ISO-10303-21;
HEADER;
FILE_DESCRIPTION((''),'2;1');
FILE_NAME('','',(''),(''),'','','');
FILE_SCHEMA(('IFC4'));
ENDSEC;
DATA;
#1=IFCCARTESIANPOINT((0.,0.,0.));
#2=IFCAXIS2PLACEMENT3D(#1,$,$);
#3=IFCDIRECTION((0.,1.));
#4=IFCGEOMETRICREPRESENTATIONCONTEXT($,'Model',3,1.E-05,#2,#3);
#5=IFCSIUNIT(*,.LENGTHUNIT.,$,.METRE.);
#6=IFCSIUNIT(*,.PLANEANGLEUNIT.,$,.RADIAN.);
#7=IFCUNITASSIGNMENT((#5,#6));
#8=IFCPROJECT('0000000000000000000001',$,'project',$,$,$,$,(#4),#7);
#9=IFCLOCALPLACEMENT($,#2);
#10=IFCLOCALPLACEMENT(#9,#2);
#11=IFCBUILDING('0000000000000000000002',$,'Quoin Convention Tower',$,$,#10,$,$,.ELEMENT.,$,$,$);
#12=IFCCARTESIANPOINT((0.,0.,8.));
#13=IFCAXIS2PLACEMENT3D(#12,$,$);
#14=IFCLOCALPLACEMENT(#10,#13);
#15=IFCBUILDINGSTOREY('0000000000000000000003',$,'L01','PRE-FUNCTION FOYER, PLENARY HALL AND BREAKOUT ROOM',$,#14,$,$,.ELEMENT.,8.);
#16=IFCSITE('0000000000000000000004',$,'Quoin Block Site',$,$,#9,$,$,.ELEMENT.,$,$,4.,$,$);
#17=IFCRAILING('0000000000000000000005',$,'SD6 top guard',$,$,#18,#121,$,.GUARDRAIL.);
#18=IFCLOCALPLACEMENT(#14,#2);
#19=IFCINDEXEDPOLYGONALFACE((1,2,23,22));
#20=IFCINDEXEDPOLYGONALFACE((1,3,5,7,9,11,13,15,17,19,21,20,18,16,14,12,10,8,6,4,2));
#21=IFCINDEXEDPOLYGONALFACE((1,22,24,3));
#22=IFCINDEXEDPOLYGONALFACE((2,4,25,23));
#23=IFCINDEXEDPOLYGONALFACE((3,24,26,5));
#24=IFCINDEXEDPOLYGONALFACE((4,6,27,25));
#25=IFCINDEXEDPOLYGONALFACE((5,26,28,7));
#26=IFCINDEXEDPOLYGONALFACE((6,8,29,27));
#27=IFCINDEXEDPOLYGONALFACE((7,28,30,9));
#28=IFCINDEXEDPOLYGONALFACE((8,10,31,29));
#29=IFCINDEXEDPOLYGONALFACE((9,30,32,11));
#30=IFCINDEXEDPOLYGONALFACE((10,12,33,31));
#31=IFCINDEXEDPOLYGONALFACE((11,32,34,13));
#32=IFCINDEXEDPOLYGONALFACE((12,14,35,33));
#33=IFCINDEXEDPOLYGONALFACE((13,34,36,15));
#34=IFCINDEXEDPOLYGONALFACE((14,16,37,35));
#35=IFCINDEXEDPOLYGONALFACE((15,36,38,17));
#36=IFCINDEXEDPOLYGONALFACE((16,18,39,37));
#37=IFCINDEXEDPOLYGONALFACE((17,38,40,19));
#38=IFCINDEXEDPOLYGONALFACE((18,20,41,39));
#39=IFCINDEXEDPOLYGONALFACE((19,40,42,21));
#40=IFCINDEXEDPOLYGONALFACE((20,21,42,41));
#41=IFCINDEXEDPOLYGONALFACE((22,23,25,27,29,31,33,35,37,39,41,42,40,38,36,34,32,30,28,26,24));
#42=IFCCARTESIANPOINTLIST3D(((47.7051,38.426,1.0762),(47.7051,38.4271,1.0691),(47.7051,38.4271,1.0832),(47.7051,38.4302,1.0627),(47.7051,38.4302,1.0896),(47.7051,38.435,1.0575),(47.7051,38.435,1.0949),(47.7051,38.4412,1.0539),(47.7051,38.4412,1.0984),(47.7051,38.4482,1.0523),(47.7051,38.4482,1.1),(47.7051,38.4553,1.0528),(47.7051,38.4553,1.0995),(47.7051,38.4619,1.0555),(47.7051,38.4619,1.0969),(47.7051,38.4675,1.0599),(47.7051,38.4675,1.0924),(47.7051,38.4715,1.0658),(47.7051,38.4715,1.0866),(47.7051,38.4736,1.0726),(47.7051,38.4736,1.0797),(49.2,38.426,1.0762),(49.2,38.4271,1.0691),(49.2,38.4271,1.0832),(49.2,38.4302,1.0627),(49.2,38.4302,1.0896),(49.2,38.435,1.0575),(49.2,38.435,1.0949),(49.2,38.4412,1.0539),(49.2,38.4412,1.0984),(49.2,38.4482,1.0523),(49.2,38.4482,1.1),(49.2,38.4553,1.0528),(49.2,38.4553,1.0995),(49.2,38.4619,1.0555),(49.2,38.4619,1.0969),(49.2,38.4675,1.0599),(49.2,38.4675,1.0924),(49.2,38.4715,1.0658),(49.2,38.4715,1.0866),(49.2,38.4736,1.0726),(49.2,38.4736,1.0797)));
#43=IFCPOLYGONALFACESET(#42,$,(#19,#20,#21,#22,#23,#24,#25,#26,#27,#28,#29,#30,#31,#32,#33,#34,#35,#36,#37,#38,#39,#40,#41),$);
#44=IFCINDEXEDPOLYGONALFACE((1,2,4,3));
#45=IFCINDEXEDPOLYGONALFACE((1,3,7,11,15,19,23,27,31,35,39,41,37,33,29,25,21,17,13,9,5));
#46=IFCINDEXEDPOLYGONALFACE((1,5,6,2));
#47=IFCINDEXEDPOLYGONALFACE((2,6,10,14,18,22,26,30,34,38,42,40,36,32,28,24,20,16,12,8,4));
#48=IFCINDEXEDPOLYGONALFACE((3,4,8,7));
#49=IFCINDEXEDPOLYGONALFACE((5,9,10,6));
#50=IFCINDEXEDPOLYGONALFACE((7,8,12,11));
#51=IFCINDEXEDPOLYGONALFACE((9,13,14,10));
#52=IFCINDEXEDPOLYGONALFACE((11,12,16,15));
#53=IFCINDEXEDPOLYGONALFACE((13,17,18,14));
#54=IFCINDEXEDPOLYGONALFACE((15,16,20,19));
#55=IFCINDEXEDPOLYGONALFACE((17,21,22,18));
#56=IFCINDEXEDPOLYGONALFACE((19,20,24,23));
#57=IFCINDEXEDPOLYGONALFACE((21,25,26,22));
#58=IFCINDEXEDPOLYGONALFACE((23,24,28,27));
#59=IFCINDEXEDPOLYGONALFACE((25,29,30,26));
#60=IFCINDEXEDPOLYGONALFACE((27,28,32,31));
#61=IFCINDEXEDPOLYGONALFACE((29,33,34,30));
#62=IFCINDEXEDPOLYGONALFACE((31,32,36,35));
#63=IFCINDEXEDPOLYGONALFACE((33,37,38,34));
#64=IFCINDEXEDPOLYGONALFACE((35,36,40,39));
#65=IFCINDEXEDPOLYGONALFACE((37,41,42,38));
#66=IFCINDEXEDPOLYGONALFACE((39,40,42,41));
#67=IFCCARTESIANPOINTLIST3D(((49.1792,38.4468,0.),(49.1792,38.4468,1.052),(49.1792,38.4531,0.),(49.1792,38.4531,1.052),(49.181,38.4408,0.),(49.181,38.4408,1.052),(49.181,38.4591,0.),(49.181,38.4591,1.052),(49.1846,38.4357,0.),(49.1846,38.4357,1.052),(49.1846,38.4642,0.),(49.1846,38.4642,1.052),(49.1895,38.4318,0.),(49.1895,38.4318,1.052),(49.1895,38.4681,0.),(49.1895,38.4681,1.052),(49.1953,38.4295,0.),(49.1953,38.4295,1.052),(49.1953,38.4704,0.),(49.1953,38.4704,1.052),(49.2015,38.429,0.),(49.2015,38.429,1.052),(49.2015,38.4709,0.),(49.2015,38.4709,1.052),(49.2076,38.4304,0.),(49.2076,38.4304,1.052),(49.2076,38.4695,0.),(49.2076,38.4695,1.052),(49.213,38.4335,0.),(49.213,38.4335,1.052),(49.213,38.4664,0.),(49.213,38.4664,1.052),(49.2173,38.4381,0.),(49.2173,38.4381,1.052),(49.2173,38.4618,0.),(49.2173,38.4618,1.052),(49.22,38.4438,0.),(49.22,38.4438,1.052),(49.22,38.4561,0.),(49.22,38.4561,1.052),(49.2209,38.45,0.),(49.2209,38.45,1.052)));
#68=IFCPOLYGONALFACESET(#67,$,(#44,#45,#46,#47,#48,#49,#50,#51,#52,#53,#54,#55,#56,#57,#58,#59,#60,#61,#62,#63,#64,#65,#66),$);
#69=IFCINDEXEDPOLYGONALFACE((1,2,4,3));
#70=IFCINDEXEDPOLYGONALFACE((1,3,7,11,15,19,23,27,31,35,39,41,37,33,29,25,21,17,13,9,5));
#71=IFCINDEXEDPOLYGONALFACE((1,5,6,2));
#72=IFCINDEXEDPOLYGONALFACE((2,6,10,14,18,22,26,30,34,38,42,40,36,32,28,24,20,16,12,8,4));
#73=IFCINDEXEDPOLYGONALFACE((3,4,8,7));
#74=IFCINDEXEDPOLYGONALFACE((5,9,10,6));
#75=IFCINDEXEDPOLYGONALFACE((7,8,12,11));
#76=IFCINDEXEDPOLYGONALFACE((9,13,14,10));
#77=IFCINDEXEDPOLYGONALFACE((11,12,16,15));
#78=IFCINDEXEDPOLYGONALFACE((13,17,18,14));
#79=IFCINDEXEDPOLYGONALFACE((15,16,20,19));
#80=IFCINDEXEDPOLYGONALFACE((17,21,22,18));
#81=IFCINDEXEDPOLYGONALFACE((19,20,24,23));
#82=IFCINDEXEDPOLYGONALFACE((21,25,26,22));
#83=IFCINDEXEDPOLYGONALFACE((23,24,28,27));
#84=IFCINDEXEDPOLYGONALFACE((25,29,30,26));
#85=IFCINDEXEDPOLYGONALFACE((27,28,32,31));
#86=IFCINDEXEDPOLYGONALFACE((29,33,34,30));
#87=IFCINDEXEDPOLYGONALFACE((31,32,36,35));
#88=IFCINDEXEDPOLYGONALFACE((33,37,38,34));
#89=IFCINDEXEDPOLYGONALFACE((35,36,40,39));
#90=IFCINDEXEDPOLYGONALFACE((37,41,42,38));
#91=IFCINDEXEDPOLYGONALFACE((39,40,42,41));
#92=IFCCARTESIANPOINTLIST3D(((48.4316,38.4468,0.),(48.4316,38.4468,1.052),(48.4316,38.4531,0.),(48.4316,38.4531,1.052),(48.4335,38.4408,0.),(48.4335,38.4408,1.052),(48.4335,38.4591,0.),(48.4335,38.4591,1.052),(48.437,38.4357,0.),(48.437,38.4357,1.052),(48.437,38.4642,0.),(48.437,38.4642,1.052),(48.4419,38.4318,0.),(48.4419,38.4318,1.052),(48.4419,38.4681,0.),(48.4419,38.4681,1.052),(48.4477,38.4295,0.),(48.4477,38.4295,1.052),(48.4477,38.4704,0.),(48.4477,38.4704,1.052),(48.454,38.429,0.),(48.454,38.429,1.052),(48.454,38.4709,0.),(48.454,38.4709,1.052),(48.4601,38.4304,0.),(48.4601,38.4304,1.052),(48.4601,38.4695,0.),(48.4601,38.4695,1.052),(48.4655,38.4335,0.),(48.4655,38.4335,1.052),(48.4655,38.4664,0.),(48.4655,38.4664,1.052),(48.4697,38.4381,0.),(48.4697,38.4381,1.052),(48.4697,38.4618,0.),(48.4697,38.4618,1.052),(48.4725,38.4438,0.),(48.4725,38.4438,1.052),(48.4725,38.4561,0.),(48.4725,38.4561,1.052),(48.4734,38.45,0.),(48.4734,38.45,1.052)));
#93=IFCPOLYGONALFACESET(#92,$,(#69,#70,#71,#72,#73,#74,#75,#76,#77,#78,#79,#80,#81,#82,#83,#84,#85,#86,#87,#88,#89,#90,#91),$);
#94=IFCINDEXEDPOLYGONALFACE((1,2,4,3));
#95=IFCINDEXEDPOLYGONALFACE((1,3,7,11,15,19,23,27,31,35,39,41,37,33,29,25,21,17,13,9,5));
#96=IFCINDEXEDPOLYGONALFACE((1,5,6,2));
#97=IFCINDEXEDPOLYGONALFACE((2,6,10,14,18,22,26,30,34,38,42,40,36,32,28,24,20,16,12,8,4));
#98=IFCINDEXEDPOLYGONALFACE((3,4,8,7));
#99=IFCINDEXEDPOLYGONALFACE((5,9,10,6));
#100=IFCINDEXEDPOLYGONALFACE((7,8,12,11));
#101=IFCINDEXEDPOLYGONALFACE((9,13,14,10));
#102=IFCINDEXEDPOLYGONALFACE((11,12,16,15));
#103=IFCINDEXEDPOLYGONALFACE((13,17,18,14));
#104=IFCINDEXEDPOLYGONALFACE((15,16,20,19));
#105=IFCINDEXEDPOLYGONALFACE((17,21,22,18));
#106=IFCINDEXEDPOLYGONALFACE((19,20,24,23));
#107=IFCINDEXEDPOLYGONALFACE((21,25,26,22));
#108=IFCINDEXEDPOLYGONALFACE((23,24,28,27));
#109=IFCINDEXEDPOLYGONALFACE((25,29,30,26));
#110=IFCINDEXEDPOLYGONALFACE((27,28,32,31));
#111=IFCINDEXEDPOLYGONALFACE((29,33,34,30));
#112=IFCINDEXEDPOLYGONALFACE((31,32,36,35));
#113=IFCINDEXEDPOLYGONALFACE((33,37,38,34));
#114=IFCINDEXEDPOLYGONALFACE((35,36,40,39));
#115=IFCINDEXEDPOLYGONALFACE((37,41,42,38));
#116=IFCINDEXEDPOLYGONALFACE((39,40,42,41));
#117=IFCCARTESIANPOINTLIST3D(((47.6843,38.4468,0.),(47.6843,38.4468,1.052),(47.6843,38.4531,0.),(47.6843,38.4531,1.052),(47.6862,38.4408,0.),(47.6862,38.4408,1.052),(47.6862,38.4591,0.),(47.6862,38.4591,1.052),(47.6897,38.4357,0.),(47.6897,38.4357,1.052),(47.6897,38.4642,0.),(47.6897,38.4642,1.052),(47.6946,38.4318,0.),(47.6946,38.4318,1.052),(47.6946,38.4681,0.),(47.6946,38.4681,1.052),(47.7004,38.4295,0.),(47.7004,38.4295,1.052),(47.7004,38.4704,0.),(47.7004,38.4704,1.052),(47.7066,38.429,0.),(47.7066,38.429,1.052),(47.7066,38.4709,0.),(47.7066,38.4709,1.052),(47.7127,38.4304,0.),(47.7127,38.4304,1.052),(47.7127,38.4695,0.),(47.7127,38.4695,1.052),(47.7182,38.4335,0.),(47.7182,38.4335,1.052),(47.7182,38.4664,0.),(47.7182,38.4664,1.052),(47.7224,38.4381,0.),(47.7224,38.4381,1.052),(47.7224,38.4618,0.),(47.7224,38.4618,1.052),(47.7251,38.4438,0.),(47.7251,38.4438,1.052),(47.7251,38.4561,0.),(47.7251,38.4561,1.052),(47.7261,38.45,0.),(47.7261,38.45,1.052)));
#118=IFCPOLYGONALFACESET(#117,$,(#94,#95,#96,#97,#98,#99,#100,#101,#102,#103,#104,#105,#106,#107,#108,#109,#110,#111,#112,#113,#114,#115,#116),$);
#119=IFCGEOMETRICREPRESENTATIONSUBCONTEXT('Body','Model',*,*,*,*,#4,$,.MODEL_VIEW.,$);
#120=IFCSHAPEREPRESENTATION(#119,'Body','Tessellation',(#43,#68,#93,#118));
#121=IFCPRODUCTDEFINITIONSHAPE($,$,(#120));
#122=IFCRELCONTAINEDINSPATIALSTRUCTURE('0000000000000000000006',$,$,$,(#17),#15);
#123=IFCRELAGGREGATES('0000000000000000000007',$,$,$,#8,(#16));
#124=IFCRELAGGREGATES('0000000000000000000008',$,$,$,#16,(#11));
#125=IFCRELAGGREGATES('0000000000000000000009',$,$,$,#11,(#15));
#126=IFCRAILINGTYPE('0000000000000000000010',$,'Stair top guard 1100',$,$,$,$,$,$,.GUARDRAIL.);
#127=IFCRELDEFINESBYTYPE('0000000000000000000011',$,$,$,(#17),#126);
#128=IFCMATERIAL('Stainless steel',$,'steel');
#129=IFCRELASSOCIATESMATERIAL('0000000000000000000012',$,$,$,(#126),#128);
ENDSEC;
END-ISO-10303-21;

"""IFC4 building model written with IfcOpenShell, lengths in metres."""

from ifc_helpers import new_model, si_unit, direction, frame, origin, origin_2d, place, context, subcontext, project, spatial, circle, extrude, material, type_object, element, save


model = new_model("IFC4")

# Units and contexts
model_context = context("Model", 3, precision=1e-05, world=origin(), true_north=direction((0.0, 1.0)))
body_context = subcontext(model_context, "Body", "Model", "MODEL_VIEW")
ifc_project = project(units=[si_unit("LENGTHUNIT", "METRE"), si_unit("PLANEANGLEUNIT", "RADIAN")], contexts=[model_context])

# Site, building, storey
site_placement = place(None, origin())
site = spatial("IfcSite", under=ifc_project, at=site_placement, Name="Quoin Block Site", CompositionType="ELEMENT", RefElevation=4.0)
building_placement = place(site_placement, origin())
building = spatial("IfcBuilding", under=site, at=building_placement, Name="Quoin Convention Tower", CompositionType="ELEMENT")
storey_placement = place(building_placement, frame((0.0, 0.0, 8.0)))
storey = spatial("IfcBuildingStorey", under=building, at=storey_placement, Name="L01", Description="PRE-FUNCTION FOYER, PLENARY HALL AND BREAKOUT ROOM", CompositionType="ELEMENT", Elevation=8.0)

# Railing
ifc_material_1 = material(Name="Stainless steel", Category="steel")
railing_type_1 = type_object("IfcRailingType", Name="Stair top guard 1100", PredefinedType="GUARDRAIL", material=ifc_material_1)
railing_1_placement = place(storey_placement, frame((49.2, 38.45, 0.0)))
element("IfcRailing", 1, at=railing_1_placement, inside=storey, type_object=railing_type_1, Name="SD6 top guard", PredefinedType="GUARDRAIL", context=body_context, shape_type="SweptSolid", body=[
    extrude(circle(Radius=0.0239, at=origin_2d()), frame((0.0, 0.0, 1.0762), z_axis=(-1.0, 0.0, 0.0), x_axis=(0.0, -1.0, 0.0)), (0.0, 0.0, 1.0), 1.4949),
    extrude(circle(Radius=0.021, at=origin_2d()), origin(), (0.0, 0.0, 1.0), 1.052),
    extrude(circle(Radius=0.021, at=origin_2d()), frame((-0.7476, 0.0, 0.0)), (0.0, 0.0, 1.0), 1.052),
    extrude(circle(Radius=0.021, at=origin_2d()), frame((-1.4949, 0.0, 0.0)), (0.0, 0.0, 1.0), 1.052),
])

save(model, "model.ifc")
